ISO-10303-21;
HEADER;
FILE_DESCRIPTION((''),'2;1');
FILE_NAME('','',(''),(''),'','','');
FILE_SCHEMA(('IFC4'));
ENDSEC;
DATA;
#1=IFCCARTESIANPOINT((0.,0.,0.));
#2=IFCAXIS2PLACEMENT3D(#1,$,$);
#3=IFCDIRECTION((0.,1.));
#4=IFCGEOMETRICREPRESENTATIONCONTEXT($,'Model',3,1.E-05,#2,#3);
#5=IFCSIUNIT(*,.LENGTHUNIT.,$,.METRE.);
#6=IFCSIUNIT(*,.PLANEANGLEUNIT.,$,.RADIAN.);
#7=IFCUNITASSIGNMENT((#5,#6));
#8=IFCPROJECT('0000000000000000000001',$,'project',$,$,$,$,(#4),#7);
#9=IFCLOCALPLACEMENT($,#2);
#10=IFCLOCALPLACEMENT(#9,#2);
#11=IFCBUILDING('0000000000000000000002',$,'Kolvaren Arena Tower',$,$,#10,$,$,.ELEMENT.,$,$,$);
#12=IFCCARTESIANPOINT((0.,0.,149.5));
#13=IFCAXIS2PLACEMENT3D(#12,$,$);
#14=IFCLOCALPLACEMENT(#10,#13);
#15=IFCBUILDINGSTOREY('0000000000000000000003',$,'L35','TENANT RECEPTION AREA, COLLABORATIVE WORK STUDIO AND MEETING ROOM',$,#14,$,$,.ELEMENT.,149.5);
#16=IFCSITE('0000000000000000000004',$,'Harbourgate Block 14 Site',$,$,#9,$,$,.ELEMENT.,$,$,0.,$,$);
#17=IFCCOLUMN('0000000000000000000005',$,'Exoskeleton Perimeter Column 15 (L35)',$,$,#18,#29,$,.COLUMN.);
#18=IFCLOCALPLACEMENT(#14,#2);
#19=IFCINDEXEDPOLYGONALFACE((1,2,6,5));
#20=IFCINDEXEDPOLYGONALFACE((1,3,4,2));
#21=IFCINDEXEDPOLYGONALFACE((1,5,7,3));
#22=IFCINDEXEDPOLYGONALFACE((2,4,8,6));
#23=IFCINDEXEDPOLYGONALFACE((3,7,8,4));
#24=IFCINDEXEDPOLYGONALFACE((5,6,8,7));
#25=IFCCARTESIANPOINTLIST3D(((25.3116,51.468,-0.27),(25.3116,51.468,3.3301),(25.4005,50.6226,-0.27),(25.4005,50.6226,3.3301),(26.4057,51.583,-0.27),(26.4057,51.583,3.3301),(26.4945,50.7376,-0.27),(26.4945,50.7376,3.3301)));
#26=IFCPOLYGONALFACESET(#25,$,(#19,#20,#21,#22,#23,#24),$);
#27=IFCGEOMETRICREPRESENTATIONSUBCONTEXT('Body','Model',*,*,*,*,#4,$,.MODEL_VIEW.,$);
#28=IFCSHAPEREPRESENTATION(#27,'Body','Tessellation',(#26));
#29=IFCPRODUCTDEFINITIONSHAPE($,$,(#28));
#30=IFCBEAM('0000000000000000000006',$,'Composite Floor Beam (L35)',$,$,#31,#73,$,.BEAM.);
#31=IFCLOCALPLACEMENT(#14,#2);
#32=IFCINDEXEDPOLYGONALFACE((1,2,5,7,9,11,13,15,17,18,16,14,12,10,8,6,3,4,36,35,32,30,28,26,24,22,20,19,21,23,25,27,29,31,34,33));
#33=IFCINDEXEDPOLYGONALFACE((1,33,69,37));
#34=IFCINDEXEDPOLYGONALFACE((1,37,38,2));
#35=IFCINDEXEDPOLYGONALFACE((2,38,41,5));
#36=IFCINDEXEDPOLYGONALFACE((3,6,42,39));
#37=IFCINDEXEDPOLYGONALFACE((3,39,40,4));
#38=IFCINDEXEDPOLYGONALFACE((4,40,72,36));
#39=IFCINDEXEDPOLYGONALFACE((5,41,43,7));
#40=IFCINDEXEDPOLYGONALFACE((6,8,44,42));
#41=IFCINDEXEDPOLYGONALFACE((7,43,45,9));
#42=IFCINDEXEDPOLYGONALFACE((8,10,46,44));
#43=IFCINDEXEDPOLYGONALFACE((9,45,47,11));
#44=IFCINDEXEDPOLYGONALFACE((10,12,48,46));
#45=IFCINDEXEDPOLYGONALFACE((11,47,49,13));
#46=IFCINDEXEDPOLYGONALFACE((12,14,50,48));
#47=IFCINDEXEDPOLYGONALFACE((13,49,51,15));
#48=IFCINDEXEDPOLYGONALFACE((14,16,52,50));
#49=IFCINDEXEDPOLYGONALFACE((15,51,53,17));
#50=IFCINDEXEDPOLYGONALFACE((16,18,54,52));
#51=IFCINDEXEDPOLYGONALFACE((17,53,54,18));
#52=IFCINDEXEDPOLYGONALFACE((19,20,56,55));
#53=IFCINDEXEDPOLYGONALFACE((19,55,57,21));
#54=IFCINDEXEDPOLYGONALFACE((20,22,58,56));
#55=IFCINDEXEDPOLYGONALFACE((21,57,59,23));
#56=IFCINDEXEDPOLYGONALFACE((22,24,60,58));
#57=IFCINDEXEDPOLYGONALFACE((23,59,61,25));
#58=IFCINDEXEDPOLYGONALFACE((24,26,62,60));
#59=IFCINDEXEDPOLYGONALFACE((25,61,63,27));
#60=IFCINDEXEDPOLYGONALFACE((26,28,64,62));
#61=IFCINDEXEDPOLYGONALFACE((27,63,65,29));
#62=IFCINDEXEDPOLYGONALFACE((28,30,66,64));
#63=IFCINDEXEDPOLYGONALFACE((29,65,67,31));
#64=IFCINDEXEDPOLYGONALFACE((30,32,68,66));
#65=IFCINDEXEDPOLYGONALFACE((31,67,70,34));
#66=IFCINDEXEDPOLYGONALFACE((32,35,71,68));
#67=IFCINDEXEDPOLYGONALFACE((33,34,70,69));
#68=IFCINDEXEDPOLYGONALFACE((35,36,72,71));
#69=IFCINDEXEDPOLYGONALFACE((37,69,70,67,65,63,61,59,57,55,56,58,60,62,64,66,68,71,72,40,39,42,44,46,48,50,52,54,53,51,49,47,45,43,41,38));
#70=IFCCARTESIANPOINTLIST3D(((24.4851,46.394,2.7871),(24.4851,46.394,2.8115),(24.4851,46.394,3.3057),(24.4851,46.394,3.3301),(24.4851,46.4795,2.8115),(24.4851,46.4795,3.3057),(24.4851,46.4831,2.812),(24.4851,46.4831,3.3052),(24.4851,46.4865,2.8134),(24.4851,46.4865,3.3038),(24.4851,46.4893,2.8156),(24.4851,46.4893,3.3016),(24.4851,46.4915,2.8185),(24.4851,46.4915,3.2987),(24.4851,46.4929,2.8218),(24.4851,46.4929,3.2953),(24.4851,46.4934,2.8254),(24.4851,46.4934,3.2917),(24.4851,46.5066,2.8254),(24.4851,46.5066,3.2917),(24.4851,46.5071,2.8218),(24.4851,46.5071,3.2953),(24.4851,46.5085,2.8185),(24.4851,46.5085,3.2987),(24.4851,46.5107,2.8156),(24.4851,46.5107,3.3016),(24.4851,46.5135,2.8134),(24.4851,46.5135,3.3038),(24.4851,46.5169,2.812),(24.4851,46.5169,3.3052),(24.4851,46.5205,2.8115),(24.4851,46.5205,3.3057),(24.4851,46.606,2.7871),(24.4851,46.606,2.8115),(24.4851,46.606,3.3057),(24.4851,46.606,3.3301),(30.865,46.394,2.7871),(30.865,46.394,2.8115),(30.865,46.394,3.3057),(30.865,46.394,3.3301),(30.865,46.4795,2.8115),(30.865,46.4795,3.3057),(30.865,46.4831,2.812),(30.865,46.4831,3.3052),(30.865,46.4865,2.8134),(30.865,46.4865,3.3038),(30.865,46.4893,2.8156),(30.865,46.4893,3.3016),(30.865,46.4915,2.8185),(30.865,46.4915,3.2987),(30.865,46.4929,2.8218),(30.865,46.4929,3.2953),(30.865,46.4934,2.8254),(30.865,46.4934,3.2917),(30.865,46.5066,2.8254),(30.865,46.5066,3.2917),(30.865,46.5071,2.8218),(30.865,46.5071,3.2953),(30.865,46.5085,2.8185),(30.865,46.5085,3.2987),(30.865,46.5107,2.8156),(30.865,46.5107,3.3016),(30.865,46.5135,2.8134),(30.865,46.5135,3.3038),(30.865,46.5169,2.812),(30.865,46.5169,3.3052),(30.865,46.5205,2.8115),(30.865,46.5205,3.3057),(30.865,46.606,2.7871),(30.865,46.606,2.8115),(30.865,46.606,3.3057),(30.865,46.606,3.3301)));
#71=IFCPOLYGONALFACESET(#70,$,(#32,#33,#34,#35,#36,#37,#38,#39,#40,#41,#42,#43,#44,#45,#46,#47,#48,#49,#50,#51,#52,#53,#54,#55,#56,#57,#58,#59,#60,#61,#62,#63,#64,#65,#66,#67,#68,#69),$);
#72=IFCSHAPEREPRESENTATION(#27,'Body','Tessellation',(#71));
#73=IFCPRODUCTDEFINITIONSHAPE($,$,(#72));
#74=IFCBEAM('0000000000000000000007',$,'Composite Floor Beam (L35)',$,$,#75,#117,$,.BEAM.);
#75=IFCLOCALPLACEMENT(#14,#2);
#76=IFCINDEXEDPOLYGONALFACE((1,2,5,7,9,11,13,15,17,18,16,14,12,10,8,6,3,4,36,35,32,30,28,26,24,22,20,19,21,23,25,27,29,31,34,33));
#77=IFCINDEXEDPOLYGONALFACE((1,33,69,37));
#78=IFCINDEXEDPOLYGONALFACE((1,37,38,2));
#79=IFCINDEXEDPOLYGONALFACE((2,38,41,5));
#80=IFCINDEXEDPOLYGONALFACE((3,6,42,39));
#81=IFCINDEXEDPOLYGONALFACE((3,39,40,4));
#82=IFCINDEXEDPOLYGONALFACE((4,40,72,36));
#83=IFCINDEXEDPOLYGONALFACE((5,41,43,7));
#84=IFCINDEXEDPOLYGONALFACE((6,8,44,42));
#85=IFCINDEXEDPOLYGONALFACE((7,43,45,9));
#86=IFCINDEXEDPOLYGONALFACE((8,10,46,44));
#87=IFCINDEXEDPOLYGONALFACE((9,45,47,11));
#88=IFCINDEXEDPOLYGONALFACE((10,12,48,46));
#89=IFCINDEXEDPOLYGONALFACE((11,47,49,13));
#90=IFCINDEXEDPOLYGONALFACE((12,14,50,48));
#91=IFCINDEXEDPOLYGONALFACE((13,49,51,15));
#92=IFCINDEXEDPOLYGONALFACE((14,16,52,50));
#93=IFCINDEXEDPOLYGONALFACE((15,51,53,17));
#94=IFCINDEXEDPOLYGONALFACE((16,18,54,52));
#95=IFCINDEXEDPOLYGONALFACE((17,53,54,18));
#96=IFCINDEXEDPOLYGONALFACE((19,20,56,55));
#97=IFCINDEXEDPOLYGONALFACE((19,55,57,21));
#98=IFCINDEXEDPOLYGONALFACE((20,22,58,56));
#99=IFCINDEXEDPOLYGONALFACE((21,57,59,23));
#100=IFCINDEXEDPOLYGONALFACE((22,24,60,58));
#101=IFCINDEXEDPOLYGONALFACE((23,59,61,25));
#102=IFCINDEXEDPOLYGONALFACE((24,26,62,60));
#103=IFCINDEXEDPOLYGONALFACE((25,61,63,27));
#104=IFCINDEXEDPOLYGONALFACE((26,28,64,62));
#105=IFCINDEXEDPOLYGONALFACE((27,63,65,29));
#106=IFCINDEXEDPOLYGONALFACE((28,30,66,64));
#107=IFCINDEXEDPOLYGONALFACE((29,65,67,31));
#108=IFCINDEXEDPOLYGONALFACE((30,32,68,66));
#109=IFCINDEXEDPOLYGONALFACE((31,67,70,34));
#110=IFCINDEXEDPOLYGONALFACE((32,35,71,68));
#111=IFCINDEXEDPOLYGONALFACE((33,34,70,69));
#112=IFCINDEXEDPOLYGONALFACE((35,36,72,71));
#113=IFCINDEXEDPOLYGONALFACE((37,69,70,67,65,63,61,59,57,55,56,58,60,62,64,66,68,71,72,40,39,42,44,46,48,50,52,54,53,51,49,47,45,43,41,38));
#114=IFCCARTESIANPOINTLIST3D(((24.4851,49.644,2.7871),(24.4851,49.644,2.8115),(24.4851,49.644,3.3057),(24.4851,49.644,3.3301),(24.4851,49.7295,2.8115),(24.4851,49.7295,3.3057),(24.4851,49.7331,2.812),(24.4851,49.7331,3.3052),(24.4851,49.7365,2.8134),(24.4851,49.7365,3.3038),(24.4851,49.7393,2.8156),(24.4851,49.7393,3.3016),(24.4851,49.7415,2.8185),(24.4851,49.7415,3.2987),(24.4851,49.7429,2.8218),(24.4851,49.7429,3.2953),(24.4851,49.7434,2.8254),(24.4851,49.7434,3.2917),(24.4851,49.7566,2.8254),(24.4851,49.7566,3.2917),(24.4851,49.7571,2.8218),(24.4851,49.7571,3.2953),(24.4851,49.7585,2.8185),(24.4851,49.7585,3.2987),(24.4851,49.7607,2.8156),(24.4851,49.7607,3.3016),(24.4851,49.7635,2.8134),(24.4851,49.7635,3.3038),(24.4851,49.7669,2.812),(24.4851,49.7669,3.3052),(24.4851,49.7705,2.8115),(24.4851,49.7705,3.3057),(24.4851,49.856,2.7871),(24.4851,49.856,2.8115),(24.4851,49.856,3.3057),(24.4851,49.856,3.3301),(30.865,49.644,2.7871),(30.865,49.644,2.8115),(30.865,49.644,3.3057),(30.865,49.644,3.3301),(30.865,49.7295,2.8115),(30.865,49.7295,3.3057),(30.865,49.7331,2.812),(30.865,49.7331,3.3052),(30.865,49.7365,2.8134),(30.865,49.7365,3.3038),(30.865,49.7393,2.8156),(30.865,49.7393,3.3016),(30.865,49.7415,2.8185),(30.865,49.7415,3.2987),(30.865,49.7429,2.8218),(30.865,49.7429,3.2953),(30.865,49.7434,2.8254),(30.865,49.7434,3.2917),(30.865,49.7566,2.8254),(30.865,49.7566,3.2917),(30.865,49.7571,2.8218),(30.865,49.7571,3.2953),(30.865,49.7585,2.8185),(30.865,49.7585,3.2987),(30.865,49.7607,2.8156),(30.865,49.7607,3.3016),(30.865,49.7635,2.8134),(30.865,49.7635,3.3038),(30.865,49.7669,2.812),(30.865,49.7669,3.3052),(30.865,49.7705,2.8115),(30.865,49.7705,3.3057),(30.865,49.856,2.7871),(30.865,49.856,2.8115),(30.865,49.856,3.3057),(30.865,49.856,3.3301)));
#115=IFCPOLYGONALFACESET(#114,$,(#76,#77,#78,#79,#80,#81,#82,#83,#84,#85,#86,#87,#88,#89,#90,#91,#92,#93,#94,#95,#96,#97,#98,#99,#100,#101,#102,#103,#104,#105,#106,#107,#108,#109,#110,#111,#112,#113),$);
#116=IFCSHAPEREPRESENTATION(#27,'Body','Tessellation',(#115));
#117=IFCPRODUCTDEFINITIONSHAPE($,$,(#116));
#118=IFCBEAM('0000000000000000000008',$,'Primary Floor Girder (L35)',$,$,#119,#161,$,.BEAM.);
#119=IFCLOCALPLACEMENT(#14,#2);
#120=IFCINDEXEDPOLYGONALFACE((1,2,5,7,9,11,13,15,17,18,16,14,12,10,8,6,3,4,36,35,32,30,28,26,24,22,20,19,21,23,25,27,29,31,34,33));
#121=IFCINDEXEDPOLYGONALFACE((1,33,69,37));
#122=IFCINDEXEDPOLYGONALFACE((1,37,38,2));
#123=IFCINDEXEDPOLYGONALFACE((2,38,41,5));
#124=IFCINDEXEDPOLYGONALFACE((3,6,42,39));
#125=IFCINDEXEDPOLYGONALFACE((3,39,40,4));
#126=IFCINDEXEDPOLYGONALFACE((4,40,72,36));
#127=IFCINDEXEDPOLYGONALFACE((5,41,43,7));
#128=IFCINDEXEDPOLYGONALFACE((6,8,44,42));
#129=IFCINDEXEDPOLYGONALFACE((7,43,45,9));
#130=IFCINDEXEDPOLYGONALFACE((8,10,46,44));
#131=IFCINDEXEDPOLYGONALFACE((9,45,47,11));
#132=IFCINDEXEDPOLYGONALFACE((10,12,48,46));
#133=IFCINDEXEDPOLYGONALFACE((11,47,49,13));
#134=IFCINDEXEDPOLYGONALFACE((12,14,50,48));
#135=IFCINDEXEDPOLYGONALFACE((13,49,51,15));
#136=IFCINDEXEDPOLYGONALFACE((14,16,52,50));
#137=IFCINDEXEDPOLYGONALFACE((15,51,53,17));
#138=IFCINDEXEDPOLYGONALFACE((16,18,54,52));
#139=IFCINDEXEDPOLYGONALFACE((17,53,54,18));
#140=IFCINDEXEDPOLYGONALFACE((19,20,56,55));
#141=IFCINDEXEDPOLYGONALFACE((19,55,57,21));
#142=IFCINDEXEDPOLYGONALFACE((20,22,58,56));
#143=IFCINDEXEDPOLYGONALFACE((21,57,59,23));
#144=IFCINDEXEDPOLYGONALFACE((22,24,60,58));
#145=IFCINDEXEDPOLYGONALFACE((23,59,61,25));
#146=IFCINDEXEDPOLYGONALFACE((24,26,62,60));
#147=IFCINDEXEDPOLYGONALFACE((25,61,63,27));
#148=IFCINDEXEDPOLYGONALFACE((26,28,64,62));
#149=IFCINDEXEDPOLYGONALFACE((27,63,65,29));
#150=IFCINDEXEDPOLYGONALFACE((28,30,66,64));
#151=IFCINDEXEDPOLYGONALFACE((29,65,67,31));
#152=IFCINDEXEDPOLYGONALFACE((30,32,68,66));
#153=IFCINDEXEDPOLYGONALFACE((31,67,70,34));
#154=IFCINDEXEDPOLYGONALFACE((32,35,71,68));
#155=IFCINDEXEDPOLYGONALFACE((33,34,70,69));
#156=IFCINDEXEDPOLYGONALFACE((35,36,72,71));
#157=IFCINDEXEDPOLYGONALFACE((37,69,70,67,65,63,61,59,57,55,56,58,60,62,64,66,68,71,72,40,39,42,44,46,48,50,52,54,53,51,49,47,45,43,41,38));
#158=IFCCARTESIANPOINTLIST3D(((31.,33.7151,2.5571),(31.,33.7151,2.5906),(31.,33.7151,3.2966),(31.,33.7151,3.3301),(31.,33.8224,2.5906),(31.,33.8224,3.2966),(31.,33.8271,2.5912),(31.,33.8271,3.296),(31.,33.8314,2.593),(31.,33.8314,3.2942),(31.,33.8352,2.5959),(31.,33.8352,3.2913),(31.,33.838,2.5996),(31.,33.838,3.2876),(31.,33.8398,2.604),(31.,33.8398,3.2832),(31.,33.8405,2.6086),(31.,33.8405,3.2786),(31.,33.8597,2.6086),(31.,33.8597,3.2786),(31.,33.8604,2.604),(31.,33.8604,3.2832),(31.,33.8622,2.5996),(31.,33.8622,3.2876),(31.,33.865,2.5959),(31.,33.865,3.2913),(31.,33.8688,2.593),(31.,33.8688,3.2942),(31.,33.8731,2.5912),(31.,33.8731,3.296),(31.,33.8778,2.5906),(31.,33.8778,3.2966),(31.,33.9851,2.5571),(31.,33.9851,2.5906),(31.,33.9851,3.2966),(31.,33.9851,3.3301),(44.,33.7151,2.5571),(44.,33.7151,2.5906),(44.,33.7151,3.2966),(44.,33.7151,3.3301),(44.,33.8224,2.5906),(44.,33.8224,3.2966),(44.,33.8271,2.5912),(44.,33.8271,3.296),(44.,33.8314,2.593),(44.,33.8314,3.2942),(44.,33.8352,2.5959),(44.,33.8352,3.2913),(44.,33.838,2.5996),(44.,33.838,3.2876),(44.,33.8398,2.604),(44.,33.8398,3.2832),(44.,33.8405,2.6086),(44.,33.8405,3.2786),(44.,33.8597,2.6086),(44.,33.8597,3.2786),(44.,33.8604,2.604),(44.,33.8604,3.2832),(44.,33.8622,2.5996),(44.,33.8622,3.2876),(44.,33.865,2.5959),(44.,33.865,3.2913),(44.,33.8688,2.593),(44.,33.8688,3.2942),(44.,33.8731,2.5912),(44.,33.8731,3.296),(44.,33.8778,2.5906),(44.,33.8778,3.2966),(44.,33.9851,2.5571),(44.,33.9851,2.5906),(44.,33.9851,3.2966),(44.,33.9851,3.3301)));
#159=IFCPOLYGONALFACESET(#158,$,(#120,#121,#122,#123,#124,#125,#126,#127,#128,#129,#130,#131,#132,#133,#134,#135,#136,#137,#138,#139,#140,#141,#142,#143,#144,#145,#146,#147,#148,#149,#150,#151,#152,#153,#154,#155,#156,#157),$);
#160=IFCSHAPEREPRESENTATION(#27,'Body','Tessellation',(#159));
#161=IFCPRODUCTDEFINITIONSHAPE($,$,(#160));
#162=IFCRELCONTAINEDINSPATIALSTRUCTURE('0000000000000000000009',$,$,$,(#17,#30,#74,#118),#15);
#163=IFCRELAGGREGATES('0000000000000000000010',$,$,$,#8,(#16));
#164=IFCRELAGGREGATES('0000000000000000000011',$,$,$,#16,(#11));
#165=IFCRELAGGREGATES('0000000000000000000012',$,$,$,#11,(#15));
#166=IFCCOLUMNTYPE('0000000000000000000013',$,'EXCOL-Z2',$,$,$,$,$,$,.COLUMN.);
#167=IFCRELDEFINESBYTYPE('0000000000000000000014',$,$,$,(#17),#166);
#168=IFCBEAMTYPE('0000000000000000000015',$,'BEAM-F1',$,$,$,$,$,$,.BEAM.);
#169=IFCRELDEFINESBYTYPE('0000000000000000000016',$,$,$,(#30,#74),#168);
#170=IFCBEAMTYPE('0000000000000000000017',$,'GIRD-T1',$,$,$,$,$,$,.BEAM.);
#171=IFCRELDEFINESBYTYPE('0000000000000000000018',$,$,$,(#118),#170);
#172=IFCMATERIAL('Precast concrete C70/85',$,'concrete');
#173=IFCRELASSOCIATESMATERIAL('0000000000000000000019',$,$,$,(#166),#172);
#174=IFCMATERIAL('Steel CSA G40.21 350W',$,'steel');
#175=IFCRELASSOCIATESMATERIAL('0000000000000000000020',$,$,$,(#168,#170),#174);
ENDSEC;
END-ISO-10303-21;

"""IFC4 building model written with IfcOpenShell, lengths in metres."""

from ifc_helpers import new_model, si_unit, direction, frame, origin, origin_2d, place, context, subcontext, project, spatial, rectangle, i_section, extrude, material, material_profile, profile_set, type_object, element, save


model = new_model("IFC4")

# Units and contexts
model_context = context("Model", 3, precision=1e-05, world=origin(), true_north=direction((0.0, 1.0)))
body_context = subcontext(model_context, "Body", "Model", "MODEL_VIEW")
ifc_project = project(units=[si_unit("LENGTHUNIT", "METRE"), si_unit("PLANEANGLEUNIT", "RADIAN")], contexts=[model_context])

# Site, building, storey
site_placement = place(None, origin())
site = spatial("IfcSite", under=ifc_project, at=site_placement, Name="Harbourgate Block 14 Site", CompositionType="ELEMENT", RefElevation=0.0)
building_placement = place(site_placement, origin())
building = spatial("IfcBuilding", under=site, at=building_placement, Name="Kolvaren Arena Tower", CompositionType="ELEMENT")
storey_placement = place(building_placement, frame((0.0, 0.0, 149.5)))
storey = spatial("IfcBuildingStorey", under=building, at=storey_placement, Name="L35", Description="TENANT RECEPTION AREA, COLLABORATIVE WORK STUDIO AND MEETING ROOM", CompositionType="ELEMENT", Elevation=149.5)

# Column
ifc_material_1 = material(Name="Precast concrete C70/85", Category="concrete")
ifc_material_profile_1 = material_profile(ifc_material_1, rectangle(XDim=1.1001, YDim=0.8501, at=origin_2d()), Name="RC-1100x850")
ifc_profile_set_1 = profile_set([ifc_material_profile_1], Name="Precast concrete C70/85")
column_type = type_object("IfcColumnType", Name="EXCOL-Z2", PredefinedType="COLUMN", material=ifc_profile_set_1)
column_placement = place(storey_placement, frame((25.9031, 51.1028, -0.27), z_axis=(0.0, 0.0, 1.0), x_axis=(0.994522, 0.104528, 0.0)))
element("IfcColumn", 1, at=column_placement, inside=storey, type_object=column_type, Name="Exoskeleton Perimeter Column 15 (L35)", PredefinedType="COLUMN", context=body_context, shape_type="SweptSolid", body=[
    extrude(rectangle(XDim=1.1001, YDim=0.8501, at=origin_2d()), origin(), (0.0, 0.0, 1.0), 3.6001),
])

# Beams
ifc_material_2 = material(Name="Steel CSA G40.21 350W", Category="steel")
ifc_material_profile_2 = material_profile(ifc_material_2, i_section(OverallWidth=0.2119, OverallDepth=0.543, WebThickness=0.0132, FlangeThickness=0.0244, FilletRadius=0.0139, at=origin_2d()), Name="W530x150")
ifc_profile_set_2 = profile_set([ifc_material_profile_2], Name="Steel CSA G40.21 350W")
beam_type_1 = type_object("IfcBeamType", Name="BEAM-F1", PredefinedType="BEAM", material=ifc_profile_set_2)
for number, where, z_axis, x_axis, name in (
    (2, (24.4851, 46.5, 3.0586), (1.0, 0.0, 0.0), (0.0, 1.0, 0.0), "Composite Floor Beam (L35)"),
    (3, (24.4851, 49.75, 3.0586), (1.0, 0.0, 0.0), (0.0, 1.0, 0.0), "Composite Floor Beam (L35)"),
):
    element("IfcBeam", number, at=place(storey_placement, frame(where, z_axis=z_axis, x_axis=x_axis)), inside=storey, type_object=beam_type_1, Name=name, PredefinedType="BEAM", context=body_context, shape_type="SweptSolid", body=[
        extrude(i_section(OverallWidth=0.2119, OverallDepth=0.543, WebThickness=0.0132, FlangeThickness=0.0244, FilletRadius=0.0139, at=origin_2d()), origin(), (0.0, 0.0, 1.0), 6.3799),
    ])
ifc_material_profile_3 = material_profile(ifc_material_2, i_section(OverallWidth=0.27, OverallDepth=0.7729, WebThickness=0.0193, FlangeThickness=0.0334, FilletRadius=0.0181, at=origin_2d()), Name="W760x257")
ifc_profile_set_3 = profile_set([ifc_material_profile_3], Name="Steel CSA G40.21 350W")
beam_type_2 = type_object("IfcBeamType", Name="GIRD-T1", PredefinedType="BEAM", material=ifc_profile_set_3)
beam_1_placement = place(storey_placement, frame((31.0, 33.8501, 2.9436), z_axis=(1.0, 0.0, 0.0), x_axis=(0.0, 1.0, 0.0)))
element("IfcBeam", 4, at=beam_1_placement, inside=storey, type_object=beam_type_2, Name="Primary Floor Girder (L35)", PredefinedType="BEAM", context=body_context, shape_type="SweptSolid", body=[
    extrude(i_section(OverallWidth=0.27, OverallDepth=0.7729, WebThickness=0.0193, FlangeThickness=0.0334, FilletRadius=0.0181, at=origin_2d()), origin(), (0.0, 0.0, 1.0), 13.0),
])

save(model, "model.ifc")
